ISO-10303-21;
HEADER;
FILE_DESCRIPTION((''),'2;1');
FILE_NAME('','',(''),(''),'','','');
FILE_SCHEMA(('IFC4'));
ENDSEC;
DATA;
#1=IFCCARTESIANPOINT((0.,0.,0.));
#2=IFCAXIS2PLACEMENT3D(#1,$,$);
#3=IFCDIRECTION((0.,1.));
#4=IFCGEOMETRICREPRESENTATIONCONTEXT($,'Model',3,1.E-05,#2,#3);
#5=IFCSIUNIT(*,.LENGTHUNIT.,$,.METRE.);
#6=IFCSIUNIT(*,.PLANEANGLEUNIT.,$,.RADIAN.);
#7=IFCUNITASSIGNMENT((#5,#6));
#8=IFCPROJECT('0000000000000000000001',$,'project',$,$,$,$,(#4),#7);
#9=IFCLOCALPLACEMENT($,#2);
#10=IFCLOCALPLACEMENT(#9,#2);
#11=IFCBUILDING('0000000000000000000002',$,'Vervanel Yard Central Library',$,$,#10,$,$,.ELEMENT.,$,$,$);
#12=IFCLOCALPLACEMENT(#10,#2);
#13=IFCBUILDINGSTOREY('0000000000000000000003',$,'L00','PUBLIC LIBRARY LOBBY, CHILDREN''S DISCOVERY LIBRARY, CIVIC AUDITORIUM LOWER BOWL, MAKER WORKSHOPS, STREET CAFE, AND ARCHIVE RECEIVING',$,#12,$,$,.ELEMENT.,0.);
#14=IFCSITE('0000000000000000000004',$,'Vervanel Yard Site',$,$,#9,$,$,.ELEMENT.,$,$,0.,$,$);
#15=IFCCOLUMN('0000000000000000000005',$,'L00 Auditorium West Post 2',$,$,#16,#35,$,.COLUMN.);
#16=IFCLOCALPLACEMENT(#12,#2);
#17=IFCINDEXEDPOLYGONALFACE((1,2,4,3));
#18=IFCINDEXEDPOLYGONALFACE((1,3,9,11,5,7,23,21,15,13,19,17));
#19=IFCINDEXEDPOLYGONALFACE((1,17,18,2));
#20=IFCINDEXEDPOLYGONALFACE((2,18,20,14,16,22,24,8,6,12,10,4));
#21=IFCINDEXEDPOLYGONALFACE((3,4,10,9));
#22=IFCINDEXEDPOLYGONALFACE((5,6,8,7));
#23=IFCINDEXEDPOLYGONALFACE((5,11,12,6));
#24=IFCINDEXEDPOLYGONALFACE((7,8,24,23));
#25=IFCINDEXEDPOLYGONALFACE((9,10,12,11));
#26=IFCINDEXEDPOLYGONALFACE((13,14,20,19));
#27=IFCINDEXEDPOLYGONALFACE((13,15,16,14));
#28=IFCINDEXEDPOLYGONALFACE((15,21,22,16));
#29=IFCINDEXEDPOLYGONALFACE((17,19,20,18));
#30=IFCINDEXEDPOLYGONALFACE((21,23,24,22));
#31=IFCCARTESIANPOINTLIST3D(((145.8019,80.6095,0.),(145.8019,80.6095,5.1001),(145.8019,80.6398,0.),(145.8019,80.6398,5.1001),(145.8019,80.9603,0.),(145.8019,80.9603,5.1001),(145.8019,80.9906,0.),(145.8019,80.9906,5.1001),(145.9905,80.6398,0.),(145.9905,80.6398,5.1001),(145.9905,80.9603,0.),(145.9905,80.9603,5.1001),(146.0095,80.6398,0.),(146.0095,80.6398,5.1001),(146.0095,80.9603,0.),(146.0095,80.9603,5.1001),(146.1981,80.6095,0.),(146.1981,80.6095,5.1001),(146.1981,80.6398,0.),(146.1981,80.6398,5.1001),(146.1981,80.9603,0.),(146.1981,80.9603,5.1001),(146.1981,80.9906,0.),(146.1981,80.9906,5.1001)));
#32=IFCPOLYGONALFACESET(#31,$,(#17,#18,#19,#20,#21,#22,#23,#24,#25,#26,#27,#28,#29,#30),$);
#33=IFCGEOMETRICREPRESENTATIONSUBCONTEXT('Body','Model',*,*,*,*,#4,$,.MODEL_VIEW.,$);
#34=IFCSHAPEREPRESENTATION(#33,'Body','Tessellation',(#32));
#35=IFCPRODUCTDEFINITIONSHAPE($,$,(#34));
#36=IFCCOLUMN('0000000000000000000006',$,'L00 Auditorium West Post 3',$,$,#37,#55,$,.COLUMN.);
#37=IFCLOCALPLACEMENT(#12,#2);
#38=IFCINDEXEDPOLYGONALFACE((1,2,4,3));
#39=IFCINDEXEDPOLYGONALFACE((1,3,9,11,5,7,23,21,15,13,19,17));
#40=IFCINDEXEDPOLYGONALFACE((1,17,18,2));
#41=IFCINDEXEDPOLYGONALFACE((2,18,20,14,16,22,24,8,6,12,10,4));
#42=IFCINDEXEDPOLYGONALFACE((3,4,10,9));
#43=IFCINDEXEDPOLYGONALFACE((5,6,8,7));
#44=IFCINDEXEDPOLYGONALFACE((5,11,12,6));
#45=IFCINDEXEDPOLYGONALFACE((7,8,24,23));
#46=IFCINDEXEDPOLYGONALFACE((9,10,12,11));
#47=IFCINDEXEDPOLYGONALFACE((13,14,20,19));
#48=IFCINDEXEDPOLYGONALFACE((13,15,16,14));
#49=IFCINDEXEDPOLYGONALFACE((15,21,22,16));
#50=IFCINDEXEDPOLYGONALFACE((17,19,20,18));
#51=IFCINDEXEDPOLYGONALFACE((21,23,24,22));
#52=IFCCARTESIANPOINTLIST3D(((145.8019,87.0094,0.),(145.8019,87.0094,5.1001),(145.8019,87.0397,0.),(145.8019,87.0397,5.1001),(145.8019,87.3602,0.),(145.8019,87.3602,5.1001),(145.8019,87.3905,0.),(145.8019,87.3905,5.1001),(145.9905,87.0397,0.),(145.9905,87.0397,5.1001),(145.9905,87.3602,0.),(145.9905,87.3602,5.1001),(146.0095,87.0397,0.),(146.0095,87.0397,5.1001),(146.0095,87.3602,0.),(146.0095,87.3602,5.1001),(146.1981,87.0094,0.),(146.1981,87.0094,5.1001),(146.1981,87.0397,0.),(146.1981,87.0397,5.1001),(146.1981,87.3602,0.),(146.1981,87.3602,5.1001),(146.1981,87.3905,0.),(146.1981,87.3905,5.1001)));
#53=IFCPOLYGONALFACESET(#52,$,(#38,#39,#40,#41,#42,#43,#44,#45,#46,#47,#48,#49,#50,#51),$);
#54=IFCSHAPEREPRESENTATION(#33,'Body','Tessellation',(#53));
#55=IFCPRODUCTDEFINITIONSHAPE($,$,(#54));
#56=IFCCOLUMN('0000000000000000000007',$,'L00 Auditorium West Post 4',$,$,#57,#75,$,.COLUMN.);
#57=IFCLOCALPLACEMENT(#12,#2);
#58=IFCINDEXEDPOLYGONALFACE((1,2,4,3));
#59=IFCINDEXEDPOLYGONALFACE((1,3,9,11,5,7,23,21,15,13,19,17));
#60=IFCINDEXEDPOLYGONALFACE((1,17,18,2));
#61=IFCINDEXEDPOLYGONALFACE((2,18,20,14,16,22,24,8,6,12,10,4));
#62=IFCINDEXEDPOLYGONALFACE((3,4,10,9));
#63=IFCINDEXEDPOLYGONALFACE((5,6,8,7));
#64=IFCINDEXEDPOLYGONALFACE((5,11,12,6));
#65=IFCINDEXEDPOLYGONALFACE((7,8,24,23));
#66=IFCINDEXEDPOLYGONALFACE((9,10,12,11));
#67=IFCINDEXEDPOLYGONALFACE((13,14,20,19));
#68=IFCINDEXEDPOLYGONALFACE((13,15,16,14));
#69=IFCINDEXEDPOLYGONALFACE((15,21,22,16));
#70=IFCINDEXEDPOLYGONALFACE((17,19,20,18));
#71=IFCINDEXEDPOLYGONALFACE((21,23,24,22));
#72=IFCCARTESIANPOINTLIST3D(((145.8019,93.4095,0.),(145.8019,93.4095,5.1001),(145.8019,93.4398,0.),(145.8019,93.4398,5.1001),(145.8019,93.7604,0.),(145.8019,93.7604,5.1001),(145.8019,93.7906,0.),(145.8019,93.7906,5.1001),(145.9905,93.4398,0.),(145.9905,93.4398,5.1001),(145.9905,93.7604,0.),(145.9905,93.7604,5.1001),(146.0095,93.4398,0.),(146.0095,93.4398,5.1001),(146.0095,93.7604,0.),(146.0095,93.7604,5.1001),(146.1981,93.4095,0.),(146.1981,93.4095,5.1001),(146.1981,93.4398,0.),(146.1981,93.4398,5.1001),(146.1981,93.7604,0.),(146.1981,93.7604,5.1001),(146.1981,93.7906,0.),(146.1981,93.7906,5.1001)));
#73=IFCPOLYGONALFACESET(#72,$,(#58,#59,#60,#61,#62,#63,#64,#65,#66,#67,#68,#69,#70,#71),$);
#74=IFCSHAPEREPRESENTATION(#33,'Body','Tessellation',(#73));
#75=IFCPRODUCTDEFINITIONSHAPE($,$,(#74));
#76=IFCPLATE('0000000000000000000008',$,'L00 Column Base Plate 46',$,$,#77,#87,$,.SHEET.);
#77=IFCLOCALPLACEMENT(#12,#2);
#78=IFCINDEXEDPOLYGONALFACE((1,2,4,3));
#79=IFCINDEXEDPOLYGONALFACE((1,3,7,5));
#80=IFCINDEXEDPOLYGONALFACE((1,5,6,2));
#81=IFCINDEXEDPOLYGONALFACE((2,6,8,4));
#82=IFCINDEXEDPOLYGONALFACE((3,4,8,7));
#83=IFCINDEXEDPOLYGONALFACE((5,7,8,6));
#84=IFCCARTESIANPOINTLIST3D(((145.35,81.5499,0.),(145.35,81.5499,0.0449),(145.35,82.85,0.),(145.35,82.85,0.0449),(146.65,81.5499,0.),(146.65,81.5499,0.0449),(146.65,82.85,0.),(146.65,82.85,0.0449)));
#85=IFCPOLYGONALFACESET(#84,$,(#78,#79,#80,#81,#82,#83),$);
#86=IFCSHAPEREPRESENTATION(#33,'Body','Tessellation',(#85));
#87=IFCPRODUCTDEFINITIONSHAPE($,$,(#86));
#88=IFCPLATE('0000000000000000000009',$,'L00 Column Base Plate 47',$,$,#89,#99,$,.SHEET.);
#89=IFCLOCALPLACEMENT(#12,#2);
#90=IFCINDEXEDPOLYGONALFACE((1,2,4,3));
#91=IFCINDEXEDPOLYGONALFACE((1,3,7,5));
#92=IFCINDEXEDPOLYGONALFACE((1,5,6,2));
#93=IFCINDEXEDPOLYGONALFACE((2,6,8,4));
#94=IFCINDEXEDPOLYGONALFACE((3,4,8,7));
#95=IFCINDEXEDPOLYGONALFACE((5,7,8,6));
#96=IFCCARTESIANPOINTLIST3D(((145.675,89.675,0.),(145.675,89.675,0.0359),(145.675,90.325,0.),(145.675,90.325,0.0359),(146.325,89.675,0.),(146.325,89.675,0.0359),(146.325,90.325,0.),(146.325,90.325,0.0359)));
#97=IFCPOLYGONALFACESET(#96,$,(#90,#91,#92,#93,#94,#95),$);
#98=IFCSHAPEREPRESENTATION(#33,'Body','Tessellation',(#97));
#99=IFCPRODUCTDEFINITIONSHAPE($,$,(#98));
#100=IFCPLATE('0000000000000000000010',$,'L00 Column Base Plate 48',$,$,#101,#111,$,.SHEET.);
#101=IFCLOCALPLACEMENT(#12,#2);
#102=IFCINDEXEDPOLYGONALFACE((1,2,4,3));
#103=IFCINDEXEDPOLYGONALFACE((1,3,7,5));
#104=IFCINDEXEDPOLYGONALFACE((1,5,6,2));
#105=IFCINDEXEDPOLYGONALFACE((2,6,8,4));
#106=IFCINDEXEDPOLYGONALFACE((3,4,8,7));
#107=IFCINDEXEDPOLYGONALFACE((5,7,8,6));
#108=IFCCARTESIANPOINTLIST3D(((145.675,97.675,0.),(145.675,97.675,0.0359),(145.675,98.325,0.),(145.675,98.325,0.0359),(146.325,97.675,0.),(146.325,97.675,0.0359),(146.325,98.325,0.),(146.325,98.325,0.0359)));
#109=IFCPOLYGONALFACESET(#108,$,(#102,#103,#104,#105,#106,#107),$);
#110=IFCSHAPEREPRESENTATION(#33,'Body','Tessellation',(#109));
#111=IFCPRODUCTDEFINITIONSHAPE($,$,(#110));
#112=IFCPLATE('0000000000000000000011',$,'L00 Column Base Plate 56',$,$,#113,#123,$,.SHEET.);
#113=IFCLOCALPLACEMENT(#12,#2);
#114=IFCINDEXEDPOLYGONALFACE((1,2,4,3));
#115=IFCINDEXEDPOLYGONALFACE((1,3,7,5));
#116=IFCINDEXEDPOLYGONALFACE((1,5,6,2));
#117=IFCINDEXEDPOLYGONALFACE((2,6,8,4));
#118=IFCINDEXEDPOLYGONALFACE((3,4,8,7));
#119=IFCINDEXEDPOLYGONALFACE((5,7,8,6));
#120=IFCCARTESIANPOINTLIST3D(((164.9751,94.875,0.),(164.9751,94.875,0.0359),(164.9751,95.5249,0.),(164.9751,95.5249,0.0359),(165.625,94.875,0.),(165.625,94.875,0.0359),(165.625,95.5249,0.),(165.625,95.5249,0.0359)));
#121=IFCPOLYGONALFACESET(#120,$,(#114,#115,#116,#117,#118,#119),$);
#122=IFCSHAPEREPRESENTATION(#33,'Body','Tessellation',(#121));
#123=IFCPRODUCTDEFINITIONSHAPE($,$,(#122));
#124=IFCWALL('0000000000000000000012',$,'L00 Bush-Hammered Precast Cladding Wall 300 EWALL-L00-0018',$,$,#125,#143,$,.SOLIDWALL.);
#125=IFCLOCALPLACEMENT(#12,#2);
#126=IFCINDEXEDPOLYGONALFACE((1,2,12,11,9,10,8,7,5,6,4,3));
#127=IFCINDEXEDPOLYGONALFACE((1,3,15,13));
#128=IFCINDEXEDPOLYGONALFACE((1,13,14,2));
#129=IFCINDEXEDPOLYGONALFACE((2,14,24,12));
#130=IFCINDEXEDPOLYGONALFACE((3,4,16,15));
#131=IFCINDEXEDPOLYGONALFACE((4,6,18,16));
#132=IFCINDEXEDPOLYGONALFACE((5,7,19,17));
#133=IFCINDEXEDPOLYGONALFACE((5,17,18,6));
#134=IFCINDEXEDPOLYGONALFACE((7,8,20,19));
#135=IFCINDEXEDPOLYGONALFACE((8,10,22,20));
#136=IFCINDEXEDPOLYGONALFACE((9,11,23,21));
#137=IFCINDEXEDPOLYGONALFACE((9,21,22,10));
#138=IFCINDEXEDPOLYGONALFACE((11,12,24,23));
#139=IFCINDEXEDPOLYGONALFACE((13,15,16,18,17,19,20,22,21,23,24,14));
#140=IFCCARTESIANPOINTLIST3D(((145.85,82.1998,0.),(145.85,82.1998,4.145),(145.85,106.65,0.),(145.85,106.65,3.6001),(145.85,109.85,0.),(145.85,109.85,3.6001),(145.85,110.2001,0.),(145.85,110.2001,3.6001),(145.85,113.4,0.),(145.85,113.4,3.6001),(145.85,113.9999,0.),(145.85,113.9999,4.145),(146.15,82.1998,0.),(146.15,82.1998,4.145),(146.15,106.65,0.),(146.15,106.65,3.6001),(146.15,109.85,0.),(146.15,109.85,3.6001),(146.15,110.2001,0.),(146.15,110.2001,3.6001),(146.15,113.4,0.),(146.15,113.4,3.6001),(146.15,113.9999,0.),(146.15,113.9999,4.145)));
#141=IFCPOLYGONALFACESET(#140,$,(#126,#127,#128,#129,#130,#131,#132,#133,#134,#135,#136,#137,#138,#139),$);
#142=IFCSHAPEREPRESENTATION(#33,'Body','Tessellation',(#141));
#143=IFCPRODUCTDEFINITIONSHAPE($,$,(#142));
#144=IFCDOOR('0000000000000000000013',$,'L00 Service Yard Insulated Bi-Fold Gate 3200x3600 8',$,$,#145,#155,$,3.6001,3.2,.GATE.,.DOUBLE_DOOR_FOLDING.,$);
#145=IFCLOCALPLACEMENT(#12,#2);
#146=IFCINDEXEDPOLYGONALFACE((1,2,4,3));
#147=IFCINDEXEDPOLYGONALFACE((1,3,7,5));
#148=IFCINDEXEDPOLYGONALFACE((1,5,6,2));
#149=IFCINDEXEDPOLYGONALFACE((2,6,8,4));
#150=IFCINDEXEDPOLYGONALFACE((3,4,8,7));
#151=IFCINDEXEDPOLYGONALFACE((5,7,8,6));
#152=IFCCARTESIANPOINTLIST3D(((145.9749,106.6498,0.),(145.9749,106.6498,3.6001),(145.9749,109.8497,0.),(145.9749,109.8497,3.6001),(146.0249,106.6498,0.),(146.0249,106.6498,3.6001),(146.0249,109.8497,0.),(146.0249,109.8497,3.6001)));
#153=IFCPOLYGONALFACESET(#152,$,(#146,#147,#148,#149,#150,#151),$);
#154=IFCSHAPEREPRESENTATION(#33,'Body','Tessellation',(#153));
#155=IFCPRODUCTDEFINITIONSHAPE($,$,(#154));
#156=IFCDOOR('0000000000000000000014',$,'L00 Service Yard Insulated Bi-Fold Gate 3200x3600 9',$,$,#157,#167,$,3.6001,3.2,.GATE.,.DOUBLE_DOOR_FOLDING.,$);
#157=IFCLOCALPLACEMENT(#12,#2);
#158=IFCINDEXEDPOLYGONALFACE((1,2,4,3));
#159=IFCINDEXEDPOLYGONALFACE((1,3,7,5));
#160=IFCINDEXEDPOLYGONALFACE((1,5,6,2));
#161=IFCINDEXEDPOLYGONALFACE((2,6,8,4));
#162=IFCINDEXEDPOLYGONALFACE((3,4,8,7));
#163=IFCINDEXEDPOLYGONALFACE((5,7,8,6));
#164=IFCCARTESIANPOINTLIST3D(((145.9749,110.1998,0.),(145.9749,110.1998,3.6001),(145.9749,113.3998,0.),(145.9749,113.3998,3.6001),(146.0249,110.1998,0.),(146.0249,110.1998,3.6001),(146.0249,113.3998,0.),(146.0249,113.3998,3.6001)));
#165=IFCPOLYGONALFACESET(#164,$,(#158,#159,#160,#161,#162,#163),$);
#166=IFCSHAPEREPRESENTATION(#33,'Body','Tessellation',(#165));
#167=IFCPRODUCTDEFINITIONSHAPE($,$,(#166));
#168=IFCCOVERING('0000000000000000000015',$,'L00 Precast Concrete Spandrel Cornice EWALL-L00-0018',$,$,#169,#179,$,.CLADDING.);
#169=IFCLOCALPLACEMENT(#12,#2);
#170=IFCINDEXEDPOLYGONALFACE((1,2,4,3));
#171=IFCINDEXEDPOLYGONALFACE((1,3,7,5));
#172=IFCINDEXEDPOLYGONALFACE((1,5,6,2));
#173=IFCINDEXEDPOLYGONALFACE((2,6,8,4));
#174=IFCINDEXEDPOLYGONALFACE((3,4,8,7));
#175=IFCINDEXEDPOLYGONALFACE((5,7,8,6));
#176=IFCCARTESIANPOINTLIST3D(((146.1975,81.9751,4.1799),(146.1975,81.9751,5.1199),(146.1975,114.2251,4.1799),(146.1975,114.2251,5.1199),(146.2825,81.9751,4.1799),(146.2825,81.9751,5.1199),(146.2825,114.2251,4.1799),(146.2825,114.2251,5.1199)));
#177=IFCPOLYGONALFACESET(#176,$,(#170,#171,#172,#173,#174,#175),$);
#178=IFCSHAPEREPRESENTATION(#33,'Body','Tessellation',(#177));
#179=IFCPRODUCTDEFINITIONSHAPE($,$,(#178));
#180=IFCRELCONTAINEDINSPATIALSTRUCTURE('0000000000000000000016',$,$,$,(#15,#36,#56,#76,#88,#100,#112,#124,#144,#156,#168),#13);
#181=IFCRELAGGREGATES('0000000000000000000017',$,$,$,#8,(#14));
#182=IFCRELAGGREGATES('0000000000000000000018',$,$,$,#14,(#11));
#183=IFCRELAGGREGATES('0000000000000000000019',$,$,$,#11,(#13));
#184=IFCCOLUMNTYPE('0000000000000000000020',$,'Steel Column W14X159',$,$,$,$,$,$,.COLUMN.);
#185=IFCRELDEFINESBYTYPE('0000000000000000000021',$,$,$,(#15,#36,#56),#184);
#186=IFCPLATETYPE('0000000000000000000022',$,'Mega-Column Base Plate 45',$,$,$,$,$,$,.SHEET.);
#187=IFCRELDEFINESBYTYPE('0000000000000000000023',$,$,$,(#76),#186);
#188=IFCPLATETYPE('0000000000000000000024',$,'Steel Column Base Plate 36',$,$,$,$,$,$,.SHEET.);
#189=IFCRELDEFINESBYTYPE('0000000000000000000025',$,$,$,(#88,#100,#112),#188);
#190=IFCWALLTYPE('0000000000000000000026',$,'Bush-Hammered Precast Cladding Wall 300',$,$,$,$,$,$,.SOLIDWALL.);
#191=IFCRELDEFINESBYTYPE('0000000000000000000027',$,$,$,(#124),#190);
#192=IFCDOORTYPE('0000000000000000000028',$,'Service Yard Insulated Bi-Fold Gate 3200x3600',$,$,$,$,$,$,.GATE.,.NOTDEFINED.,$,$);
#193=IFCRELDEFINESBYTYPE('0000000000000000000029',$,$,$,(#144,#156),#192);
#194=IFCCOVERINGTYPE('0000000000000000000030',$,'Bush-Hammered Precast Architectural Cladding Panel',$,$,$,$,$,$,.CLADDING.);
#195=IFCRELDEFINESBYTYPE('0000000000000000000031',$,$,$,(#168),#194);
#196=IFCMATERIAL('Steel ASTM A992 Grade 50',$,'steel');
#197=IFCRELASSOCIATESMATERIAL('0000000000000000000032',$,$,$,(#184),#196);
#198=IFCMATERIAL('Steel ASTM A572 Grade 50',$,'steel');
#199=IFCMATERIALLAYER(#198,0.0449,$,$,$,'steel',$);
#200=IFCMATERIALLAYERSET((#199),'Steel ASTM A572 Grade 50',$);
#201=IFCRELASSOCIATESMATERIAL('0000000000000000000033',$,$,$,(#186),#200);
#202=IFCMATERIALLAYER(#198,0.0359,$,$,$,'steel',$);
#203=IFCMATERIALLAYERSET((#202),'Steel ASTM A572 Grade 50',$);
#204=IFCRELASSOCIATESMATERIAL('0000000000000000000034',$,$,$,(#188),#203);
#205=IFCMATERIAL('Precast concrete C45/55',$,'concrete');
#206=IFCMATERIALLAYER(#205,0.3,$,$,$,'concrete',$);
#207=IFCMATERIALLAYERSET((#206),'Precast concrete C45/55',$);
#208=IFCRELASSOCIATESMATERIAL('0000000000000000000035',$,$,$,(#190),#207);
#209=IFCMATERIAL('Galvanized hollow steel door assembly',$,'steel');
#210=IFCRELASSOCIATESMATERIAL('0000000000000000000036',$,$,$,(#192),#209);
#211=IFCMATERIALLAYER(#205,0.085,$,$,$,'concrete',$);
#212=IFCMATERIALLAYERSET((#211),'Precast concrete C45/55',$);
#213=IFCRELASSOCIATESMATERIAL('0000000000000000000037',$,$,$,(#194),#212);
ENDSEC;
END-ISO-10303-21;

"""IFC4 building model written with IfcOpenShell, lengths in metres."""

from ifc_helpers import new_model, si_unit, direction, frame, frame_2d, origin, origin_2d, place, context, subcontext, project, spatial, rectangle, i_section, extrude, material, layer, layer_set, material_profile, profile_set, type_object, element, fill, save


model = new_model("IFC4")

# Units and contexts
model_context = context("Model", 3, precision=1e-05, world=origin(), true_north=direction((0.0, 1.0)))
body_context = subcontext(model_context, "Body", "Model", "MODEL_VIEW")
ifc_project = project(units=[si_unit("LENGTHUNIT", "METRE"), si_unit("PLANEANGLEUNIT", "RADIAN")], contexts=[model_context])

# Site, building, storey
site_placement = place(None, origin())
site = spatial("IfcSite", under=ifc_project, at=site_placement, Name="Vervanel Yard Site", CompositionType="ELEMENT", RefElevation=0.0)
building_placement = place(site_placement, origin())
building = spatial("IfcBuilding", under=site, at=building_placement, Name="Vervanel Yard Central Library", CompositionType="ELEMENT")
storey_placement = place(building_placement, origin())
storey = spatial("IfcBuildingStorey", under=building, at=storey_placement, Name="L00", Description="PUBLIC LIBRARY LOBBY, CHILDREN'S DISCOVERY LIBRARY, CIVIC AUDITORIUM LOWER BOWL, MAKER WORKSHOPS, STREET CAFE, AND ARCHIVE RECEIVING", CompositionType="ELEMENT", Elevation=0.0)

# Columns
ifc_material_1 = material(Name="Steel ASTM A992 Grade 50", Category="steel")
ifc_material_profile_1 = material_profile(ifc_material_1, i_section(OverallWidth=0.3962, OverallDepth=0.3811, WebThickness=0.019, FlangeThickness=0.0303, at=origin_2d()), Name="W14X159", Category="steel")
ifc_profile_set_1 = profile_set([ifc_material_profile_1], Name="Steel ASTM A992 Grade 50")
column_type_1 = type_object("IfcColumnType", Name="Steel Column W14X159", PredefinedType="COLUMN", material=ifc_profile_set_1)
for number, where, z_axis, x_axis, name in (
    (1, (146.0, 80.8, 0.0), (0.0, 0.0, 1.0), (1.0, 0.0, 0.0), "L00 Auditorium West Post 2"),
    (2, (146.0, 87.2, 0.0), (0.0, 0.0, 1.0), (1.0, 0.0, 0.0), "L00 Auditorium West Post 3"),
    (3, (146.0, 93.6001, 0.0), (0.0, 0.0, 1.0), (1.0, 0.0, 0.0), "L00 Auditorium West Post 4"),
):
    element("IfcColumn", number, at=place(storey_placement, frame(where, z_axis=z_axis, x_axis=x_axis)), inside=storey, type_object=column_type_1, Name=name, PredefinedType="COLUMN", context=body_context, shape_type="SweptSolid", body=[
        extrude(i_section(OverallWidth=0.3962, OverallDepth=0.3811, WebThickness=0.019, FlangeThickness=0.0303, at=origin_2d()), origin(), (0.0, 0.0, 1.0), 5.1001),
    ])

# Plates
ifc_material_2 = material(Name="Steel ASTM A572 Grade 50", Category="steel")
ifc_layer_1 = layer(ifc_material_2, 0.0449, Category="steel")
ifc_layer_set_1 = layer_set([ifc_layer_1], Name="Steel ASTM A572 Grade 50")
plate_type_1 = type_object("IfcPlateType", Name="Mega-Column Base Plate 45", PredefinedType="SHEET", material=ifc_layer_set_1)
plate_placement = place(storey_placement, frame((146.0, 82.2, 0.0), z_axis=(0.0, 0.0, 1.0), x_axis=(1.0, 0.0, 0.0)))
element("IfcPlate", 4, at=plate_placement, inside=storey, type_object=plate_type_1, Name="L00 Column Base Plate 46", PredefinedType="SHEET", context=body_context, shape_type="SweptSolid", body=[
    extrude(rectangle(XDim=1.3, YDim=1.3, at=origin_2d()), origin(), (0.0, 0.0, 1.0), 0.0449),
])
ifc_layer_2 = layer(ifc_material_2, 0.0359, Category="steel")
ifc_layer_set_2 = layer_set([ifc_layer_2], Name="Steel ASTM A572 Grade 50")
plate_type_2 = type_object("IfcPlateType", Name="Steel Column Base Plate 36", PredefinedType="SHEET", material=ifc_layer_set_2)
for number, where, z_axis, x_axis, name in (
    (5, (146.0, 90.0, 0.0), (0.0, 0.0, 1.0), (1.0, 0.0, 0.0), "L00 Column Base Plate 47"),
    (6, (146.0, 98.0, 0.0), (0.0, 0.0, 1.0), (1.0, 0.0, 0.0), "L00 Column Base Plate 48"),
    (7, (165.3, 95.2, 0.0), (0.0, 0.0, 1.0), (1.0, 0.0, 0.0), "L00 Column Base Plate 56"),
):
    element("IfcPlate", number, at=place(storey_placement, frame(where, z_axis=z_axis, x_axis=x_axis)), inside=storey, type_object=plate_type_2, Name=name, PredefinedType="SHEET", context=body_context, shape_type="SweptSolid", body=[
        extrude(rectangle(XDim=0.6499, YDim=0.6499, at=origin_2d()), origin(), (0.0, 0.0, 1.0), 0.0359),
    ])

# Wall, openings, doors
ifc_material_3 = material(Name="Precast concrete C45/55", Category="concrete")
ifc_layer_3 = layer(ifc_material_3, 0.3, Category="concrete")
ifc_layer_set_3 = layer_set([ifc_layer_3], Name="Precast concrete C45/55")
wall_type = type_object("IfcWallType", Name="Bush-Hammered Precast Cladding Wall 300", PredefinedType="SOLIDWALL", material=ifc_layer_set_3)
wall_placement = place(storey_placement, frame((146.0, 82.2, 0.0), z_axis=(0.0, 0.0, 1.0), x_axis=(0.0, 1.0, 0.0)))
wall = element("IfcWall", 8, at=wall_placement, inside=storey, type_object=wall_type, Name="L00 Bush-Hammered Precast Cladding Wall 300 EWALL-L00-0018", PredefinedType="SOLIDWALL", context=body_context, shape_type="SweptSolid", body=[
    extrude(rectangle(XDim=31.8, YDim=0.3, at=frame_2d((15.8999, 0.0))), origin(), (0.0, 0.0, 1.0), 4.145),
])
opening_1_placement = place(wall_placement, frame((24.45, 0.0, 0.0)))
opening_1 = element("IfcOpeningElement", 9, at=opening_1_placement, cuts=wall, PredefinedType="OPENING", context=body_context, shape_type="SweptSolid", body=[
    extrude(rectangle(XDim=3.2, YDim=3.6001, at=frame_2d((1.6001, 1.8))), frame((0.0, 0.1599, 0.0), z_axis=(0.0, -1.0, 0.0), x_axis=(1.0, 0.0, 0.0)), (0.0, 0.0, 1.0), 0.3201),
])
opening_2_placement = place(wall_placement, frame((28.0, 0.0, 0.0)))
opening_2 = element("IfcOpeningElement", 10, at=opening_2_placement, cuts=wall, PredefinedType="OPENING", context=body_context, shape_type="SweptSolid", body=[
    extrude(rectangle(XDim=3.2, YDim=3.6001, at=frame_2d((1.6001, 1.8))), frame((0.0, 0.1599, 0.0), z_axis=(0.0, -1.0, 0.0), x_axis=(1.0, 0.0, 0.0)), (0.0, 0.0, 1.0), 0.3201),
])
ifc_material_4 = material(Name="Galvanized hollow steel door assembly", Category="steel")
door_type = type_object("IfcDoorType", Name="Service Yard Insulated Bi-Fold Gate 3200x3600", OperationType="NOTDEFINED", PredefinedType="GATE", material=ifc_material_4)
door_1_placement = place(opening_1_placement, frame((3.2, 0.0, 0.0), z_axis=(0.0, 0.0, 1.0), x_axis=(-1.0, 0.0, 0.0)))
door_1 = element("IfcDoor", 11, at=door_1_placement, inside=storey, type_object=door_type, Name="L00 Service Yard Insulated Bi-Fold Gate 3200x3600 8", OperationType="DOUBLE_DOOR_FOLDING", OverallHeight=3.6001, OverallWidth=3.2, PredefinedType="GATE", context=body_context, shape_type="SweptSolid", body=[
    extrude(rectangle(XDim=3.2, YDim=3.6001, at=frame_2d((1.6001, 1.8))), frame((0.0, 0.0249, 0.0), z_axis=(0.0, -1.0, 0.0), x_axis=(1.0, 0.0, 0.0)), (0.0, 0.0, 1.0), 0.05),
])
fill(opening_1, door_1)
door_2_placement = place(opening_2_placement, frame((3.2, 0.0, 0.0), z_axis=(0.0, 0.0, 1.0), x_axis=(-1.0, 0.0, 0.0)))
door_2 = element("IfcDoor", 12, at=door_2_placement, inside=storey, type_object=door_type, Name="L00 Service Yard Insulated Bi-Fold Gate 3200x3600 9", OperationType="DOUBLE_DOOR_FOLDING", OverallHeight=3.6001, OverallWidth=3.2, PredefinedType="GATE", context=body_context, shape_type="SweptSolid", body=[
    extrude(rectangle(XDim=3.2, YDim=3.6001, at=frame_2d((1.6001, 1.8))), frame((0.0, 0.0249, 0.0), z_axis=(0.0, -1.0, 0.0), x_axis=(1.0, 0.0, 0.0)), (0.0, 0.0, 1.0), 0.05),
])
fill(opening_2, door_2)

# Covering
ifc_layer_4 = layer(ifc_material_3, 0.085, Category="concrete")
ifc_layer_set_4 = layer_set([ifc_layer_4], Name="Precast concrete C45/55")
covering_type = type_object("IfcCoveringType", Name="Bush-Hammered Precast Architectural Cladding Panel", PredefinedType="CLADDING", material=ifc_layer_set_4)
covering_1_placement = place(storey_placement, frame((146.24, 98.1001, 4.1799), z_axis=(0.0, 0.0, 1.0), x_axis=(0.0, 1.0, 0.0)))
element("IfcCovering", 13, at=covering_1_placement, inside=storey, type_object=covering_type, Name="L00 Precast Concrete Spandrel Cornice EWALL-L00-0018", PredefinedType="CLADDING", context=body_context, shape_type="SweptSolid", body=[
    extrude(rectangle(XDim=32.25, YDim=0.085, at=origin_2d()), origin(), (0.0, 0.0, 1.0), 0.9399),
])

save(model, "model.ifc")
